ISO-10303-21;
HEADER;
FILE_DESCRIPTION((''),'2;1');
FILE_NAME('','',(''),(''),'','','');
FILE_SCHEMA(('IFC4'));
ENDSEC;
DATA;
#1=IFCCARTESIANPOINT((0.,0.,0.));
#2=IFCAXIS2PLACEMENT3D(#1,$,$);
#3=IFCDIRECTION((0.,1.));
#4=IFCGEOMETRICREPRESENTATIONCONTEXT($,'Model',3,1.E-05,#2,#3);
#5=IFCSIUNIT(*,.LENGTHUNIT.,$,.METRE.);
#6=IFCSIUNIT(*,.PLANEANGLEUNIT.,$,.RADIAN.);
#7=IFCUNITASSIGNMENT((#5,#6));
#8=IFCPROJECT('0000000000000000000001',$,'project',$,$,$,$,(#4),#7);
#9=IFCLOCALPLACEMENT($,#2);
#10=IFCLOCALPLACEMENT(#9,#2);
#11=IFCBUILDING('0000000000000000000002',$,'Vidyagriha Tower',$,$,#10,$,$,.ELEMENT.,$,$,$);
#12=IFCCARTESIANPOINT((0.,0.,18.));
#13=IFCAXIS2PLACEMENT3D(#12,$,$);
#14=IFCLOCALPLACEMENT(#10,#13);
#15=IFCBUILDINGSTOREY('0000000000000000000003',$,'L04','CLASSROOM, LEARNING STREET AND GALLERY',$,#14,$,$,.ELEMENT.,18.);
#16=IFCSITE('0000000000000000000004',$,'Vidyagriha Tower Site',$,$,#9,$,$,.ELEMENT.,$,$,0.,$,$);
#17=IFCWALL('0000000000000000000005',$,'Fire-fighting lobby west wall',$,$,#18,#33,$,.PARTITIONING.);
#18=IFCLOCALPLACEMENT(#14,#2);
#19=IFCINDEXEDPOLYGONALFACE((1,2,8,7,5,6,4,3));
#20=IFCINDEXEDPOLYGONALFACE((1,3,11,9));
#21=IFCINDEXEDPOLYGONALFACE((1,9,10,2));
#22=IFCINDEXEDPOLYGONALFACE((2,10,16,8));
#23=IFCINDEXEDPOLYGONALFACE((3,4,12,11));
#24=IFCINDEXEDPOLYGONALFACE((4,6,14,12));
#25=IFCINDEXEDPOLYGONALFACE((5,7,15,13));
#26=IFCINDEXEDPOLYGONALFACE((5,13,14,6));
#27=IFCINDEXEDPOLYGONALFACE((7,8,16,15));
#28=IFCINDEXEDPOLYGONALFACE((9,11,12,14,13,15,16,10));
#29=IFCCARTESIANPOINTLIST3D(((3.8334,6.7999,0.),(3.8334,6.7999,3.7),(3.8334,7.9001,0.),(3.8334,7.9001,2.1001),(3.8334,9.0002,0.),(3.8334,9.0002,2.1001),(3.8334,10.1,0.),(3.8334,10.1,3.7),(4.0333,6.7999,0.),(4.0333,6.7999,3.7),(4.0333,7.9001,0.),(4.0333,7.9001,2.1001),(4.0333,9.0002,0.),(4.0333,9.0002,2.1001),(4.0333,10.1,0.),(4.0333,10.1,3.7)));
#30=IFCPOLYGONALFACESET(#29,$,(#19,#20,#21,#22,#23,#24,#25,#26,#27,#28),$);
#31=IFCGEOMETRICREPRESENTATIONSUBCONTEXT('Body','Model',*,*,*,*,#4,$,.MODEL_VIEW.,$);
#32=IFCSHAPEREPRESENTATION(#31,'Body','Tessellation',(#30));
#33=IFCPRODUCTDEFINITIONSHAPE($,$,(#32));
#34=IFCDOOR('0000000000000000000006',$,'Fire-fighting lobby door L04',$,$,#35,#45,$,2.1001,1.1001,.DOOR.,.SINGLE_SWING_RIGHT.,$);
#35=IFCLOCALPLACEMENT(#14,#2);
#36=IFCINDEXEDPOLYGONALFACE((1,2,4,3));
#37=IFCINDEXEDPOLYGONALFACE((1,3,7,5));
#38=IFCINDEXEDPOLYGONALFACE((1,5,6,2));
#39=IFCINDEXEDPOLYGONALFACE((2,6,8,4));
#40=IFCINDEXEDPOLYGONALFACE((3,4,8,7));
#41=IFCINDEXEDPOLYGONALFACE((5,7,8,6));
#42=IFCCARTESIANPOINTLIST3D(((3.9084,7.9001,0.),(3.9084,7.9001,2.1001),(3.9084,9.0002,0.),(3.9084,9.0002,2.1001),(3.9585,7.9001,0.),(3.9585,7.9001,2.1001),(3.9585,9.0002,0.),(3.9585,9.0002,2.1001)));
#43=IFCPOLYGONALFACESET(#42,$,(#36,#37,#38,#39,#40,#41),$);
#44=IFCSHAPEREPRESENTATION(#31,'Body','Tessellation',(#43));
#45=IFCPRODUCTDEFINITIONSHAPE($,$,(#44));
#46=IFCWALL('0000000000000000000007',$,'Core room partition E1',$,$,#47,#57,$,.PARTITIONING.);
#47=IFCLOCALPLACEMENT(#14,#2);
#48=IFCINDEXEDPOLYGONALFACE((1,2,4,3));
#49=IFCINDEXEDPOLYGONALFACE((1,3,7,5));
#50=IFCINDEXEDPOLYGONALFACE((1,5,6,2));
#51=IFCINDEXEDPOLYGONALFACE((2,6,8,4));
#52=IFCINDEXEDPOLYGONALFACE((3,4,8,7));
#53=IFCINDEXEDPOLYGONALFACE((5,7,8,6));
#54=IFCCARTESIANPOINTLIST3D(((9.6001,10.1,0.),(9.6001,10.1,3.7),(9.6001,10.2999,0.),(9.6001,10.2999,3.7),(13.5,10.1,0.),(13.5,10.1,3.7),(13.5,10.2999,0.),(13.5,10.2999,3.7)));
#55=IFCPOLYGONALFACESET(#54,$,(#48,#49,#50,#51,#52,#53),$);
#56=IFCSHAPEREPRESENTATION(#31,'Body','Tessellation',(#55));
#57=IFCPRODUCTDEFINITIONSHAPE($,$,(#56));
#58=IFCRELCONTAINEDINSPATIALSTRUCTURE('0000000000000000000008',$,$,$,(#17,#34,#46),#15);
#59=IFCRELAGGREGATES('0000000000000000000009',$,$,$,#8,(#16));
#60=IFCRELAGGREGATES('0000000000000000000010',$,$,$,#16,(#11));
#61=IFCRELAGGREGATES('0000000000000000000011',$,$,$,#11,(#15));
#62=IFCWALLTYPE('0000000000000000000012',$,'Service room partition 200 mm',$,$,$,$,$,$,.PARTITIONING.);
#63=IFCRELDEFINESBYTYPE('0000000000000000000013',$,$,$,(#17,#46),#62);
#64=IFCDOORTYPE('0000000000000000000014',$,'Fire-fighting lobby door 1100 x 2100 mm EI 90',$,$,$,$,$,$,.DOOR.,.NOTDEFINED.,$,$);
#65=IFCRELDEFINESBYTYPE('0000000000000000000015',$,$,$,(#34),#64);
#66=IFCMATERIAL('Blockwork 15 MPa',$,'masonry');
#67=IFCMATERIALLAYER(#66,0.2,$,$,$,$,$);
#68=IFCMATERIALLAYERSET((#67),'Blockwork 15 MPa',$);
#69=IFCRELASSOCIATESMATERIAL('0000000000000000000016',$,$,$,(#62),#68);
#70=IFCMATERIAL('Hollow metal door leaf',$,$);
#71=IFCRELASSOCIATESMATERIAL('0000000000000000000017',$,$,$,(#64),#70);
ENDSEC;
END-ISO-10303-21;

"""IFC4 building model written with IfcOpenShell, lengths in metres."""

from ifc_helpers import new_model, si_unit, direction, frame, frame_2d, origin, place, context, subcontext, project, spatial, rectangle, extrude, material, layer, layer_set, type_object, element, fill, save


model = new_model("IFC4")

# Units and contexts
model_context = context("Model", 3, precision=1e-05, world=origin(), true_north=direction((0.0, 1.0)))
body_context = subcontext(model_context, "Body", "Model", "MODEL_VIEW")
ifc_project = project(units=[si_unit("LENGTHUNIT", "METRE"), si_unit("PLANEANGLEUNIT", "RADIAN")], contexts=[model_context])

# Site, building, storey
site_placement = place(None, origin())
site = spatial("IfcSite", under=ifc_project, at=site_placement, Name="Vidyagriha Tower Site", CompositionType="ELEMENT", RefElevation=0.0)
building_placement = place(site_placement, origin())
building = spatial("IfcBuilding", under=site, at=building_placement, Name="Vidyagriha Tower", CompositionType="ELEMENT")
storey_placement = place(building_placement, frame((0.0, 0.0, 18.0)))
storey = spatial("IfcBuildingStorey", under=building, at=storey_placement, Name="L04", Description="CLASSROOM, LEARNING STREET AND GALLERY", CompositionType="ELEMENT", Elevation=18.0)

# Wall, opening, door
ifc_material_1 = material(Name="Blockwork 15 MPa", Category="masonry")
ifc_layer_1 = layer(ifc_material_1, 0.2)
ifc_layer_set_1 = layer_set([ifc_layer_1], Name="Blockwork 15 MPa")
wall_type_1 = type_object("IfcWallType", Name="Service room partition 200 mm", PredefinedType="PARTITIONING", material=ifc_layer_set_1)
wall_1_placement = place(storey_placement, frame((3.9333, 6.8, 0.0), z_axis=(0.0, 0.0, 1.0), x_axis=(0.0, 1.0, 0.0)))
wall_1 = element("IfcWall", 1, at=wall_1_placement, inside=storey, type_object=wall_type_1, Name="Fire-fighting lobby west wall", PredefinedType="PARTITIONING", context=body_context, shape_type="SweptSolid", body=[
    extrude(rectangle(XDim=3.3, YDim=0.2, at=frame_2d((1.6499, 0.0))), origin(), (0.0, 0.0, 1.0), 3.7),
])
opening_1_placement = place(wall_1_placement, frame((1.1001, 0.0, 0.0)))
opening_1 = element("IfcOpeningElement", 2, at=opening_1_placement, cuts=wall_1, PredefinedType="OPENING", context=body_context, shape_type="SweptSolid", body=[
    extrude(rectangle(XDim=1.1001, YDim=2.1001, at=frame_2d((0.55, 1.05))), frame((0.0, 0.1099, 0.0), z_axis=(0.0, -1.0, 0.0), x_axis=(1.0, 0.0, 0.0)), (0.0, 0.0, 1.0), 0.22),
])
ifc_material_2 = material(Name="Hollow metal door leaf")
door_type_1 = type_object("IfcDoorType", Name="Fire-fighting lobby door 1100 x 2100 mm EI 90", OperationType="NOTDEFINED", PredefinedType="DOOR", material=ifc_material_2)
door_1_placement = place(opening_1_placement, origin())
door_1 = element("IfcDoor", 3, at=door_1_placement, inside=storey, type_object=door_type_1, Name="Fire-fighting lobby door L04", OperationType="SINGLE_SWING_RIGHT", OverallHeight=2.1001, OverallWidth=1.1001, PredefinedType="DOOR", context=body_context, shape_type="SweptSolid", body=[
    extrude(rectangle(XDim=1.1001, YDim=2.1001, at=frame_2d((0.55, 1.05))), frame((0.0, 0.0249, 0.0), z_axis=(0.0, -1.0, 0.0), x_axis=(1.0, 0.0, 0.0)), (0.0, 0.0, 1.0), 0.05),
])
fill(opening_1, door_1)

# Wall
wall_2_placement = place(storey_placement, frame((9.6001, 10.2, 0.0)))
element("IfcWall", 4, at=wall_2_placement, inside=storey, type_object=wall_type_1, Name="Core room partition E1", PredefinedType="PARTITIONING", context=body_context, shape_type="SweptSolid", body=[
    extrude(rectangle(XDim=3.8999, YDim=0.2, at=frame_2d((1.95, 0.0))), origin(), (0.0, 0.0, 1.0), 3.7),
])

save(model, "model.ifc")
